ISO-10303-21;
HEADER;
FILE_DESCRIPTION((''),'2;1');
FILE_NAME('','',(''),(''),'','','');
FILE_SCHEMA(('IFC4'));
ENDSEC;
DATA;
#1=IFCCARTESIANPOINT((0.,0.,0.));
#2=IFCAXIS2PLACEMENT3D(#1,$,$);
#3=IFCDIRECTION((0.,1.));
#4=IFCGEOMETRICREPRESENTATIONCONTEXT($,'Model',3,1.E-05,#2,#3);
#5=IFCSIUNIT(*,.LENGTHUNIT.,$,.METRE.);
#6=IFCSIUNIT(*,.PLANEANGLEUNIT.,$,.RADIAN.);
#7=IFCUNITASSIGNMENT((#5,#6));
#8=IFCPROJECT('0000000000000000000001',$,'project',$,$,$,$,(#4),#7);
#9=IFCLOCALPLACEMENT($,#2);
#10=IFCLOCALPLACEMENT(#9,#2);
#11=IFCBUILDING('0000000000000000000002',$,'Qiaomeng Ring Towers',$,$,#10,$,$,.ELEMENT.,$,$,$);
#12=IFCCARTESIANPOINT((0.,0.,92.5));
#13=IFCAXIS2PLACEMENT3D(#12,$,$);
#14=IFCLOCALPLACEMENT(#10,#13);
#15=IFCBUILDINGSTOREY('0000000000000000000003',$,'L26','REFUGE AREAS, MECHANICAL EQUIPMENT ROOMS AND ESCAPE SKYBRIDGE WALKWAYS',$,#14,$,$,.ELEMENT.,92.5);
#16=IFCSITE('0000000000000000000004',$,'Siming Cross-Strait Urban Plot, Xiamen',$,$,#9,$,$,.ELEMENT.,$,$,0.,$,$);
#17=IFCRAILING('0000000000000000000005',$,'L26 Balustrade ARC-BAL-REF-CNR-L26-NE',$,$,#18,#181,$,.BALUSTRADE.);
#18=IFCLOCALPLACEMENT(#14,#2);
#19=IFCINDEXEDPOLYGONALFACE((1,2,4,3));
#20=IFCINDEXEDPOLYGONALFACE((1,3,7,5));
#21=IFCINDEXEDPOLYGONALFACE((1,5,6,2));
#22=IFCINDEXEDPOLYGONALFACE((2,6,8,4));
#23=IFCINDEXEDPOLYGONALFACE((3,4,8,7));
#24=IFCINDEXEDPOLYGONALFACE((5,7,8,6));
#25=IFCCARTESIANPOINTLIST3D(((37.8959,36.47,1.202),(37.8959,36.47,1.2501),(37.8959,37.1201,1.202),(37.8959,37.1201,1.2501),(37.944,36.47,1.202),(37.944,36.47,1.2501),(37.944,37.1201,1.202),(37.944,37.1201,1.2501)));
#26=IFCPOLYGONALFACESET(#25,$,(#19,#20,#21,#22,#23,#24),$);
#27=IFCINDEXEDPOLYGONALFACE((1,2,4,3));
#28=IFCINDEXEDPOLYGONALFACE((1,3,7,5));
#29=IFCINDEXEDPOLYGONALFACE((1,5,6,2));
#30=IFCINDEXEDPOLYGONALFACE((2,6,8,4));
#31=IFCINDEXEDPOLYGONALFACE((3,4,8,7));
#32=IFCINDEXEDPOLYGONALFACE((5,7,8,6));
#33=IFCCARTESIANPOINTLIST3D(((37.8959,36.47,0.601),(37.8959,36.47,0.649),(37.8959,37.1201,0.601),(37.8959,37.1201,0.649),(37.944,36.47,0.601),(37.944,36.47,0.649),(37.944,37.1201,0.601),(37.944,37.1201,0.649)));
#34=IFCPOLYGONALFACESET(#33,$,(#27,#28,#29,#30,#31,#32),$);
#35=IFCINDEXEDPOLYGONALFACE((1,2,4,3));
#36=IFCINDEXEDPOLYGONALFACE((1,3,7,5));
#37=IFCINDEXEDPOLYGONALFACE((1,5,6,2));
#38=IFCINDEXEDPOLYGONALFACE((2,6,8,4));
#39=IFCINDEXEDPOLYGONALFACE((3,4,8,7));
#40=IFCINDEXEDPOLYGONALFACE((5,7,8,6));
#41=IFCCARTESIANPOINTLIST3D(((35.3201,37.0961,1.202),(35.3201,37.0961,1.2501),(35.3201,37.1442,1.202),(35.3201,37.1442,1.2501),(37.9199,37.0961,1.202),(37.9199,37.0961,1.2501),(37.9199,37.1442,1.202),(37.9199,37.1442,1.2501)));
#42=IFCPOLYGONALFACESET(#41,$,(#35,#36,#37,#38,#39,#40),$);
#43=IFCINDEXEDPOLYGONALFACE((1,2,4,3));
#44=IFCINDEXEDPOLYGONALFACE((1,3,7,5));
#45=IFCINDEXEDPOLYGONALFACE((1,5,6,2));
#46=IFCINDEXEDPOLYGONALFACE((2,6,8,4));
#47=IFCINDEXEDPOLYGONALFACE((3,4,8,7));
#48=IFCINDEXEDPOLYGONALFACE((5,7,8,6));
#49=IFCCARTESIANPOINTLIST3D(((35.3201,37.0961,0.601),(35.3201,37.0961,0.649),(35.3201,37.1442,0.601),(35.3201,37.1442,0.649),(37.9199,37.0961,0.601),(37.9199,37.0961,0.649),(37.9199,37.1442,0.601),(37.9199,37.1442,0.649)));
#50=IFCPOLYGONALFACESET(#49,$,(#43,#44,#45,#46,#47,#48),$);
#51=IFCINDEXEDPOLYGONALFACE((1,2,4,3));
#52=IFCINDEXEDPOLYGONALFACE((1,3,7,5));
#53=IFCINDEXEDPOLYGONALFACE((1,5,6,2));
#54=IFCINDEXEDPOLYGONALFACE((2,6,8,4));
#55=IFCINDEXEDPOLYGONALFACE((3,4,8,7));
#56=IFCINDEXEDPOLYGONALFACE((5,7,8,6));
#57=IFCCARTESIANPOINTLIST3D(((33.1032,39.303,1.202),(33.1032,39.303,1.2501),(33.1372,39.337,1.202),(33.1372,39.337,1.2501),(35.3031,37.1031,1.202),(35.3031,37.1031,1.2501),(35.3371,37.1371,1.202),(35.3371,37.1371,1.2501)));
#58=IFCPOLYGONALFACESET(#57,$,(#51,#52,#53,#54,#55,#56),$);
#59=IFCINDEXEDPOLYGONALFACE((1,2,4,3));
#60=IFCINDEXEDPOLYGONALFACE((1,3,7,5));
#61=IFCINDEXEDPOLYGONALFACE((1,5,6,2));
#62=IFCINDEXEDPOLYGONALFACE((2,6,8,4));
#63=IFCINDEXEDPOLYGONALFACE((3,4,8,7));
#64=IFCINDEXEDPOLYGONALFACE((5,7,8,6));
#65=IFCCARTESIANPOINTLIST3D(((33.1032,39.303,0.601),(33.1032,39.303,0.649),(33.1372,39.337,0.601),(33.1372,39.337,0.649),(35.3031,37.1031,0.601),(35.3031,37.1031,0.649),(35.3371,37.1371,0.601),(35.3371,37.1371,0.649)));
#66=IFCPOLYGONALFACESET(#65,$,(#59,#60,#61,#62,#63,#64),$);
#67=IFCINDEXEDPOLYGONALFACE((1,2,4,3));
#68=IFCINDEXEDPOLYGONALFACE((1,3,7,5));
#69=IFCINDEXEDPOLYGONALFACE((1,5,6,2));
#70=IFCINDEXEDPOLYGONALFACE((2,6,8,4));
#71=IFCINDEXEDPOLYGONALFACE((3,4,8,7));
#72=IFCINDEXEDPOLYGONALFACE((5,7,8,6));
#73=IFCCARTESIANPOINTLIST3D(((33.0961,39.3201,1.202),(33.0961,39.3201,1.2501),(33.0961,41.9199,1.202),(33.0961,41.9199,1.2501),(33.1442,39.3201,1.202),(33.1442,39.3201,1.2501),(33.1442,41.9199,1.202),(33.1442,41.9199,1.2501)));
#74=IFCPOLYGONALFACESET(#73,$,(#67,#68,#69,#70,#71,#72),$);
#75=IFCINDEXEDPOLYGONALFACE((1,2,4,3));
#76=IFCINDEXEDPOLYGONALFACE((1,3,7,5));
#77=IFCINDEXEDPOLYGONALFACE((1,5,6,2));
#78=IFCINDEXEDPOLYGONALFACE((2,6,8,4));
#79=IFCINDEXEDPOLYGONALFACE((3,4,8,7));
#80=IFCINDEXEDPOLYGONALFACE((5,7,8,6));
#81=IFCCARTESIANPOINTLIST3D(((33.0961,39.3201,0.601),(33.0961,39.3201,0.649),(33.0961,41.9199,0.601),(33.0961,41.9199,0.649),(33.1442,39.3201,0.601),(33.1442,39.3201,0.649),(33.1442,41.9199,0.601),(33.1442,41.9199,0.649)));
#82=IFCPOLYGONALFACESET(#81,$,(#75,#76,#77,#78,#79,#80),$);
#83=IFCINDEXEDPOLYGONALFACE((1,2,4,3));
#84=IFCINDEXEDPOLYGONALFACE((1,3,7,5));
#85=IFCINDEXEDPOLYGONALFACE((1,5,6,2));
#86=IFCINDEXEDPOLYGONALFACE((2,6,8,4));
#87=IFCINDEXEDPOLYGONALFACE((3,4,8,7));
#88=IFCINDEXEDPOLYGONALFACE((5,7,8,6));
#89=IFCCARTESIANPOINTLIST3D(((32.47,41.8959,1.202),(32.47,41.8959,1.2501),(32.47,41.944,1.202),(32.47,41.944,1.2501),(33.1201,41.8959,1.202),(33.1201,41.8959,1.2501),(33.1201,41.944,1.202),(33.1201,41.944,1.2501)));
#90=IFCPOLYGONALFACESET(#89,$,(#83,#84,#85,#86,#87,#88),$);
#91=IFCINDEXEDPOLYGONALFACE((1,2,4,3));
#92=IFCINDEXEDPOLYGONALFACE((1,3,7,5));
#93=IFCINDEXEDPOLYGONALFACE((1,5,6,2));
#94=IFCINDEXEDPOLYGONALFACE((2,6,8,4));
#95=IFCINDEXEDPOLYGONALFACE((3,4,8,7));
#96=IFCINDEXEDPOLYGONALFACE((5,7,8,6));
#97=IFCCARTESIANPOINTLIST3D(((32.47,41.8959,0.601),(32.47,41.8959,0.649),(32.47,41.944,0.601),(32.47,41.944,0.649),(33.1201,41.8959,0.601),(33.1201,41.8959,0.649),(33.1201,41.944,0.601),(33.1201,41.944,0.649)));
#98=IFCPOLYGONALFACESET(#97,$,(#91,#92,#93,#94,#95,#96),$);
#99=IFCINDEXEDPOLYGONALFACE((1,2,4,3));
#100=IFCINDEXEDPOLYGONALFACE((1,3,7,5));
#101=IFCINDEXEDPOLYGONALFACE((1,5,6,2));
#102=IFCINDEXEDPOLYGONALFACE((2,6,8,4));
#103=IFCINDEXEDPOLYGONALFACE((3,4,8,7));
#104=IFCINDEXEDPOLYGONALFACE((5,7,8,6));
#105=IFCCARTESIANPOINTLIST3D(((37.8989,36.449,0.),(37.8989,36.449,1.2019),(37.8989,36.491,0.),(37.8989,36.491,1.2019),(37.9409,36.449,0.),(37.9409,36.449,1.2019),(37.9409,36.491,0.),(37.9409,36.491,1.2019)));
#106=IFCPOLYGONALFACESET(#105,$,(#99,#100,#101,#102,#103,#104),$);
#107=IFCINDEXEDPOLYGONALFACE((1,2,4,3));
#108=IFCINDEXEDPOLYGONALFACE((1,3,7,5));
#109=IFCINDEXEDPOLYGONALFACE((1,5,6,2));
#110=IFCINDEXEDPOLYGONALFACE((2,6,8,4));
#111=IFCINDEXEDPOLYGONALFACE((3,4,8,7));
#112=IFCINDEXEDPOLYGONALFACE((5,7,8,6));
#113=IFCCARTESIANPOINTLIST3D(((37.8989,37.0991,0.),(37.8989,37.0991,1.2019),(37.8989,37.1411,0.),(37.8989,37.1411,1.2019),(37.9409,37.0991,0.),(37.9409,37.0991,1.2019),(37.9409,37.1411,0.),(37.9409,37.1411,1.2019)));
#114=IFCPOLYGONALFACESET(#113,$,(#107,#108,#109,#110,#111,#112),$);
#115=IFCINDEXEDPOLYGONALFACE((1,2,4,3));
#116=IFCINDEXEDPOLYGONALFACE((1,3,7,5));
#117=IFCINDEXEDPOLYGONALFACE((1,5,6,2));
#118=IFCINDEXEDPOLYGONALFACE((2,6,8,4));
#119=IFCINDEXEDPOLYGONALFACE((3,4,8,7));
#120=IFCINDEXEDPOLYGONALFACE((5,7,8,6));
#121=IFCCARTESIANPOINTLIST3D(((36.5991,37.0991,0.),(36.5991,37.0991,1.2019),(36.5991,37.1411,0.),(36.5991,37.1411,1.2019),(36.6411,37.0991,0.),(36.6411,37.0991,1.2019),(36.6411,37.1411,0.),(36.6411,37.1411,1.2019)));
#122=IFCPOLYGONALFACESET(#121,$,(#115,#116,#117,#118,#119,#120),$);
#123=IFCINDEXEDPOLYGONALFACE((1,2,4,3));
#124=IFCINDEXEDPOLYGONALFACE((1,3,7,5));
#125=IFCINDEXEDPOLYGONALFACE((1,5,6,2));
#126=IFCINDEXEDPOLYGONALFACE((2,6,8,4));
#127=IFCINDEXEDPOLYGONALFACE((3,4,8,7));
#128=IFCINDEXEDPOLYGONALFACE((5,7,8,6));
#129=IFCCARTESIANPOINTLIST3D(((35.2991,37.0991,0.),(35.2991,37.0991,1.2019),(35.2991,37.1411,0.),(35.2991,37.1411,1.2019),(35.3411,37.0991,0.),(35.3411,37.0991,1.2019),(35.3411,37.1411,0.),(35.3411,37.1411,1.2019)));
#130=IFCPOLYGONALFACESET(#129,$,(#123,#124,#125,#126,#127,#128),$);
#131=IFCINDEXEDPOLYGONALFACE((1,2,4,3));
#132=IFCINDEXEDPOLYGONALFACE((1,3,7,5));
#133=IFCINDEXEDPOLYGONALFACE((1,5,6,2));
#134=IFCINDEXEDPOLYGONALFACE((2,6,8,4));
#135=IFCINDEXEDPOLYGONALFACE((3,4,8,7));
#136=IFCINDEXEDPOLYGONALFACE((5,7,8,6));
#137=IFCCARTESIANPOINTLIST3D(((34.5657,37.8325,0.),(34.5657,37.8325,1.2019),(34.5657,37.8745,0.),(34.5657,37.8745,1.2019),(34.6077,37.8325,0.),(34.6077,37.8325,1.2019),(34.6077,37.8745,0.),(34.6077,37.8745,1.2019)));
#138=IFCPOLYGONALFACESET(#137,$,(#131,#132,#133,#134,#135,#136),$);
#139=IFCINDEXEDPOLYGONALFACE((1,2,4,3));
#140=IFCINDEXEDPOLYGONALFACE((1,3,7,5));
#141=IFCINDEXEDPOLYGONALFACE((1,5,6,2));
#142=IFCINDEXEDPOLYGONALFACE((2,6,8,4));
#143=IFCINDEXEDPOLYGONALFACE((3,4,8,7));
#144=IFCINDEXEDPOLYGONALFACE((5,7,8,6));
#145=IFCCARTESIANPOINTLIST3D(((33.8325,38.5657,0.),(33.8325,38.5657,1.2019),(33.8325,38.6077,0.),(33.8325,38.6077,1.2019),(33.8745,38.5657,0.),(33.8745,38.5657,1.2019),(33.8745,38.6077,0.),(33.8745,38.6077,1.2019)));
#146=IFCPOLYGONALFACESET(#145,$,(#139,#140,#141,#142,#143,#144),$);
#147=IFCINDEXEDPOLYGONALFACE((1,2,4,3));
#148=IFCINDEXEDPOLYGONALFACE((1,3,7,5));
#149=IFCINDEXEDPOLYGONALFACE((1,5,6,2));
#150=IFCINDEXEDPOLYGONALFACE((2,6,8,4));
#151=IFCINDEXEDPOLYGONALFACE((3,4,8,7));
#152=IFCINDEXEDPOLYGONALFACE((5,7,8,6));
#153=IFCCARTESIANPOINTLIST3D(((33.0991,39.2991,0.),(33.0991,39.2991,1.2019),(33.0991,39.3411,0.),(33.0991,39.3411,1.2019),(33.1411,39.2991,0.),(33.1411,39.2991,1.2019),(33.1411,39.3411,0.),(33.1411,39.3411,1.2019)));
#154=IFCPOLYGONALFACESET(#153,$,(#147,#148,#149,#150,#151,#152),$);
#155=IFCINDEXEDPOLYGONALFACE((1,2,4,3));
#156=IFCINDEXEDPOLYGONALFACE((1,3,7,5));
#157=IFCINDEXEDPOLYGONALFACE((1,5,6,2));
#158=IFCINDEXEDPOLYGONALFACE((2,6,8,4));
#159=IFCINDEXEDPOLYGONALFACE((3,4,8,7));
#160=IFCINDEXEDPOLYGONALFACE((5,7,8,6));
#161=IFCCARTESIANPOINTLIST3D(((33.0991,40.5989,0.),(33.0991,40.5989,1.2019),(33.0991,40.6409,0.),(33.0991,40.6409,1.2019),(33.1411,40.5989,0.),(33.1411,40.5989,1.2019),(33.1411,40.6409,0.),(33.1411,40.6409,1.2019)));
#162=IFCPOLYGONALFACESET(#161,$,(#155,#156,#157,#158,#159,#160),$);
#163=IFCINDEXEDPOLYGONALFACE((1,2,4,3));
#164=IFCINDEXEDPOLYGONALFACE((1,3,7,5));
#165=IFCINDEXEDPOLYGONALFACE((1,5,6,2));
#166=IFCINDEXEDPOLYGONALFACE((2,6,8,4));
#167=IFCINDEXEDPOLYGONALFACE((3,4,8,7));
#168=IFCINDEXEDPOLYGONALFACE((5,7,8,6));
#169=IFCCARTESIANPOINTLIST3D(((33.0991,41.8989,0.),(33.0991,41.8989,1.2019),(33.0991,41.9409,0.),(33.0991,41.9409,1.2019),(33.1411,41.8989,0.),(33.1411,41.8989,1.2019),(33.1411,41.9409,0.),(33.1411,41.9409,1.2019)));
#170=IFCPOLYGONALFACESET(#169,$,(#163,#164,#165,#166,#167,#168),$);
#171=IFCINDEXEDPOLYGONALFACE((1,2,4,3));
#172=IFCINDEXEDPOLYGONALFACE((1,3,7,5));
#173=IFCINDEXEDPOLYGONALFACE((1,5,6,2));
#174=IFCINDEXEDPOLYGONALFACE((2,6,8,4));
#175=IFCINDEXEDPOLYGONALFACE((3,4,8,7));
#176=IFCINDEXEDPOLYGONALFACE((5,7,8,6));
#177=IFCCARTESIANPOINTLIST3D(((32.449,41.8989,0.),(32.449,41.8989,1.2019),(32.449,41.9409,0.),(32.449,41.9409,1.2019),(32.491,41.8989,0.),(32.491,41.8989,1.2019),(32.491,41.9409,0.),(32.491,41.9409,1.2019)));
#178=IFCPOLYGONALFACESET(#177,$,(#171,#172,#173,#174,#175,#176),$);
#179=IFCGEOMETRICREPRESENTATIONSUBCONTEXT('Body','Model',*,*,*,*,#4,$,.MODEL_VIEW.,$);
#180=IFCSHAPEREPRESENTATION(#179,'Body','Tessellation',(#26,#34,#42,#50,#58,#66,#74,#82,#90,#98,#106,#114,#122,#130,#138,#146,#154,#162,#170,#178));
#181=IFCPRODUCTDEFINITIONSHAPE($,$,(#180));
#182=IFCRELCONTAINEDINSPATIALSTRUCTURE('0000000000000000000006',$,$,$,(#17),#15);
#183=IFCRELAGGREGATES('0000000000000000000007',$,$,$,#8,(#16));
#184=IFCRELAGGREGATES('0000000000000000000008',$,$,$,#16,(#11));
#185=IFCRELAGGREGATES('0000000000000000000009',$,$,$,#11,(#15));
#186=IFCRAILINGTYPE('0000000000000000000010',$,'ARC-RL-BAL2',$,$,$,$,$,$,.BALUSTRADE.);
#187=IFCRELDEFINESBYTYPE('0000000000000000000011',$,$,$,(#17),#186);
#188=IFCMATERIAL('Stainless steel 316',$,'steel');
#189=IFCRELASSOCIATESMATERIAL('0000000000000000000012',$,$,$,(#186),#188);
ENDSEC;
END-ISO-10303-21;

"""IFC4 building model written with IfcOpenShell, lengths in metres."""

from ifc_helpers import new_model, si_unit, direction, frame, origin, origin_2d, place, context, subcontext, project, spatial, rectangle, extrude, material, type_object, element, save


model = new_model("IFC4")

# Units and contexts
model_context = context("Model", 3, precision=1e-05, world=origin(), true_north=direction((0.0, 1.0)))
body_context = subcontext(model_context, "Body", "Model", "MODEL_VIEW")
ifc_project = project(units=[si_unit("LENGTHUNIT", "METRE"), si_unit("PLANEANGLEUNIT", "RADIAN")], contexts=[model_context])

# Site, building, storey
site_placement = place(None, origin())
site = spatial("IfcSite", under=ifc_project, at=site_placement, Name="Siming Cross-Strait Urban Plot, Xiamen", CompositionType="ELEMENT", RefElevation=0.0)
building_placement = place(site_placement, origin())
building = spatial("IfcBuilding", under=site, at=building_placement, Name="Qiaomeng Ring Towers", CompositionType="ELEMENT")
storey_placement = place(building_placement, frame((0.0, 0.0, 92.5)))
storey = spatial("IfcBuildingStorey", under=building, at=storey_placement, Name="L26", Description="REFUGE AREAS, MECHANICAL EQUIPMENT ROOMS AND ESCAPE SKYBRIDGE WALKWAYS", CompositionType="ELEMENT", Elevation=92.5)

# Railing
ifc_material_1 = material(Name="Stainless steel 316", Category="steel")
railing_type_1 = type_object("IfcRailingType", Name="ARC-RL-BAL2", PredefinedType="BALUSTRADE", material=ifc_material_1)
railing_1_placement = place(storey_placement, frame((37.9199, 36.47, 0.0)))
element("IfcRailing", 1, at=railing_1_placement, inside=storey, type_object=railing_type_1, Name="L26 Balustrade ARC-BAL-REF-CNR-L26-NE", PredefinedType="BALUSTRADE", context=body_context, shape_type="SweptSolid", body=[
    extrude(rectangle(XDim=0.0481, YDim=0.0481, at=origin_2d()), frame((0.0, 0.0, 1.2261), z_axis=(0.0, 1.0, 0.0), x_axis=(-1.0, 0.0, 0.0)), (0.0, 0.0, 1.0), 0.6501),
    extrude(rectangle(XDim=0.0481, YDim=0.0481, at=origin_2d()), frame((0.0, 0.0, 0.625), z_axis=(0.0, 1.0, 0.0), x_axis=(-1.0, 0.0, 0.0)), (0.0, 0.0, 1.0), 0.6501),
    extrude(rectangle(XDim=0.0481, YDim=0.0481, at=origin_2d()), frame((0.0, 0.6501, 1.2261), z_axis=(-1.0, 0.0, 0.0), x_axis=(0.0, -1.0, 0.0)), (0.0, 0.0, 1.0), 2.5999),
    extrude(rectangle(XDim=0.0481, YDim=0.0481, at=origin_2d()), frame((0.0, 0.6501, 0.625), z_axis=(-1.0, 0.0, 0.0), x_axis=(0.0, -1.0, 0.0)), (0.0, 0.0, 1.0), 2.5999),
    extrude(rectangle(XDim=0.0481, YDim=0.0481, at=origin_2d()), frame((-2.5999, 0.6501, 1.2261), z_axis=(-0.707107, 0.707107, 0.0), x_axis=(-0.707107, -0.707107, 0.0)), (0.0, 0.0, 1.0), 3.1111),
    extrude(rectangle(XDim=0.0481, YDim=0.0481, at=origin_2d()), frame((-2.5999, 0.6501, 0.625), z_axis=(-0.707107, 0.707107, 0.0), x_axis=(-0.707107, -0.707107, 0.0)), (0.0, 0.0, 1.0), 3.1111),
    extrude(rectangle(XDim=0.0481, YDim=0.0481, at=origin_2d()), frame((-4.7998, 2.8501, 1.2261), z_axis=(0.0, 1.0, 0.0), x_axis=(-1.0, 0.0, 0.0)), (0.0, 0.0, 1.0), 2.5999),
    extrude(rectangle(XDim=0.0481, YDim=0.0481, at=origin_2d()), frame((-4.7998, 2.8501, 0.625), z_axis=(0.0, 1.0, 0.0), x_axis=(-1.0, 0.0, 0.0)), (0.0, 0.0, 1.0), 2.5999),
    extrude(rectangle(XDim=0.0481, YDim=0.0481, at=origin_2d()), frame((-4.7998, 5.45, 1.2261), z_axis=(-1.0, 0.0, 0.0), x_axis=(0.0, -1.0, 0.0)), (0.0, 0.0, 1.0), 0.6501),
    extrude(rectangle(XDim=0.0481, YDim=0.0481, at=origin_2d()), frame((-4.7998, 5.45, 0.625), z_axis=(-1.0, 0.0, 0.0), x_axis=(0.0, -1.0, 0.0)), (0.0, 0.0, 1.0), 0.6501),
    extrude(rectangle(XDim=0.042, YDim=0.042, at=origin_2d()), origin(), (0.0, 0.0, 1.0), 1.2019),
    extrude(rectangle(XDim=0.042, YDim=0.042, at=origin_2d()), frame((0.0, 0.6501, 0.0)), (0.0, 0.0, 1.0), 1.2019),
    extrude(rectangle(XDim=0.042, YDim=0.042, at=origin_2d()), frame((-1.2998, 0.6501, 0.0)), (0.0, 0.0, 1.0), 1.2019),
    extrude(rectangle(XDim=0.042, YDim=0.042, at=origin_2d()), frame((-2.5999, 0.6501, 0.0)), (0.0, 0.0, 1.0), 1.2019),
    extrude(rectangle(XDim=0.042, YDim=0.042, at=origin_2d()), frame((-3.3333, 1.3835, 0.0)), (0.0, 0.0, 1.0), 1.2019),
    extrude(rectangle(XDim=0.042, YDim=0.042, at=origin_2d()), frame((-4.0664, 2.1167, 0.0)), (0.0, 0.0, 1.0), 1.2019),
    extrude(rectangle(XDim=0.042, YDim=0.042, at=origin_2d()), frame((-4.7998, 2.8501, 0.0)), (0.0, 0.0, 1.0), 1.2019),
    extrude(rectangle(XDim=0.042, YDim=0.042, at=origin_2d()), frame((-4.7998, 4.1499, 0.0)), (0.0, 0.0, 1.0), 1.2019),
    extrude(rectangle(XDim=0.042, YDim=0.042, at=origin_2d()), frame((-4.7998, 5.45, 0.0)), (0.0, 0.0, 1.0), 1.2019),
    extrude(rectangle(XDim=0.042, YDim=0.042, at=origin_2d()), frame((-5.45, 5.45, 0.0)), (0.0, 0.0, 1.0), 1.2019),
])

save(model, "model.ifc")
